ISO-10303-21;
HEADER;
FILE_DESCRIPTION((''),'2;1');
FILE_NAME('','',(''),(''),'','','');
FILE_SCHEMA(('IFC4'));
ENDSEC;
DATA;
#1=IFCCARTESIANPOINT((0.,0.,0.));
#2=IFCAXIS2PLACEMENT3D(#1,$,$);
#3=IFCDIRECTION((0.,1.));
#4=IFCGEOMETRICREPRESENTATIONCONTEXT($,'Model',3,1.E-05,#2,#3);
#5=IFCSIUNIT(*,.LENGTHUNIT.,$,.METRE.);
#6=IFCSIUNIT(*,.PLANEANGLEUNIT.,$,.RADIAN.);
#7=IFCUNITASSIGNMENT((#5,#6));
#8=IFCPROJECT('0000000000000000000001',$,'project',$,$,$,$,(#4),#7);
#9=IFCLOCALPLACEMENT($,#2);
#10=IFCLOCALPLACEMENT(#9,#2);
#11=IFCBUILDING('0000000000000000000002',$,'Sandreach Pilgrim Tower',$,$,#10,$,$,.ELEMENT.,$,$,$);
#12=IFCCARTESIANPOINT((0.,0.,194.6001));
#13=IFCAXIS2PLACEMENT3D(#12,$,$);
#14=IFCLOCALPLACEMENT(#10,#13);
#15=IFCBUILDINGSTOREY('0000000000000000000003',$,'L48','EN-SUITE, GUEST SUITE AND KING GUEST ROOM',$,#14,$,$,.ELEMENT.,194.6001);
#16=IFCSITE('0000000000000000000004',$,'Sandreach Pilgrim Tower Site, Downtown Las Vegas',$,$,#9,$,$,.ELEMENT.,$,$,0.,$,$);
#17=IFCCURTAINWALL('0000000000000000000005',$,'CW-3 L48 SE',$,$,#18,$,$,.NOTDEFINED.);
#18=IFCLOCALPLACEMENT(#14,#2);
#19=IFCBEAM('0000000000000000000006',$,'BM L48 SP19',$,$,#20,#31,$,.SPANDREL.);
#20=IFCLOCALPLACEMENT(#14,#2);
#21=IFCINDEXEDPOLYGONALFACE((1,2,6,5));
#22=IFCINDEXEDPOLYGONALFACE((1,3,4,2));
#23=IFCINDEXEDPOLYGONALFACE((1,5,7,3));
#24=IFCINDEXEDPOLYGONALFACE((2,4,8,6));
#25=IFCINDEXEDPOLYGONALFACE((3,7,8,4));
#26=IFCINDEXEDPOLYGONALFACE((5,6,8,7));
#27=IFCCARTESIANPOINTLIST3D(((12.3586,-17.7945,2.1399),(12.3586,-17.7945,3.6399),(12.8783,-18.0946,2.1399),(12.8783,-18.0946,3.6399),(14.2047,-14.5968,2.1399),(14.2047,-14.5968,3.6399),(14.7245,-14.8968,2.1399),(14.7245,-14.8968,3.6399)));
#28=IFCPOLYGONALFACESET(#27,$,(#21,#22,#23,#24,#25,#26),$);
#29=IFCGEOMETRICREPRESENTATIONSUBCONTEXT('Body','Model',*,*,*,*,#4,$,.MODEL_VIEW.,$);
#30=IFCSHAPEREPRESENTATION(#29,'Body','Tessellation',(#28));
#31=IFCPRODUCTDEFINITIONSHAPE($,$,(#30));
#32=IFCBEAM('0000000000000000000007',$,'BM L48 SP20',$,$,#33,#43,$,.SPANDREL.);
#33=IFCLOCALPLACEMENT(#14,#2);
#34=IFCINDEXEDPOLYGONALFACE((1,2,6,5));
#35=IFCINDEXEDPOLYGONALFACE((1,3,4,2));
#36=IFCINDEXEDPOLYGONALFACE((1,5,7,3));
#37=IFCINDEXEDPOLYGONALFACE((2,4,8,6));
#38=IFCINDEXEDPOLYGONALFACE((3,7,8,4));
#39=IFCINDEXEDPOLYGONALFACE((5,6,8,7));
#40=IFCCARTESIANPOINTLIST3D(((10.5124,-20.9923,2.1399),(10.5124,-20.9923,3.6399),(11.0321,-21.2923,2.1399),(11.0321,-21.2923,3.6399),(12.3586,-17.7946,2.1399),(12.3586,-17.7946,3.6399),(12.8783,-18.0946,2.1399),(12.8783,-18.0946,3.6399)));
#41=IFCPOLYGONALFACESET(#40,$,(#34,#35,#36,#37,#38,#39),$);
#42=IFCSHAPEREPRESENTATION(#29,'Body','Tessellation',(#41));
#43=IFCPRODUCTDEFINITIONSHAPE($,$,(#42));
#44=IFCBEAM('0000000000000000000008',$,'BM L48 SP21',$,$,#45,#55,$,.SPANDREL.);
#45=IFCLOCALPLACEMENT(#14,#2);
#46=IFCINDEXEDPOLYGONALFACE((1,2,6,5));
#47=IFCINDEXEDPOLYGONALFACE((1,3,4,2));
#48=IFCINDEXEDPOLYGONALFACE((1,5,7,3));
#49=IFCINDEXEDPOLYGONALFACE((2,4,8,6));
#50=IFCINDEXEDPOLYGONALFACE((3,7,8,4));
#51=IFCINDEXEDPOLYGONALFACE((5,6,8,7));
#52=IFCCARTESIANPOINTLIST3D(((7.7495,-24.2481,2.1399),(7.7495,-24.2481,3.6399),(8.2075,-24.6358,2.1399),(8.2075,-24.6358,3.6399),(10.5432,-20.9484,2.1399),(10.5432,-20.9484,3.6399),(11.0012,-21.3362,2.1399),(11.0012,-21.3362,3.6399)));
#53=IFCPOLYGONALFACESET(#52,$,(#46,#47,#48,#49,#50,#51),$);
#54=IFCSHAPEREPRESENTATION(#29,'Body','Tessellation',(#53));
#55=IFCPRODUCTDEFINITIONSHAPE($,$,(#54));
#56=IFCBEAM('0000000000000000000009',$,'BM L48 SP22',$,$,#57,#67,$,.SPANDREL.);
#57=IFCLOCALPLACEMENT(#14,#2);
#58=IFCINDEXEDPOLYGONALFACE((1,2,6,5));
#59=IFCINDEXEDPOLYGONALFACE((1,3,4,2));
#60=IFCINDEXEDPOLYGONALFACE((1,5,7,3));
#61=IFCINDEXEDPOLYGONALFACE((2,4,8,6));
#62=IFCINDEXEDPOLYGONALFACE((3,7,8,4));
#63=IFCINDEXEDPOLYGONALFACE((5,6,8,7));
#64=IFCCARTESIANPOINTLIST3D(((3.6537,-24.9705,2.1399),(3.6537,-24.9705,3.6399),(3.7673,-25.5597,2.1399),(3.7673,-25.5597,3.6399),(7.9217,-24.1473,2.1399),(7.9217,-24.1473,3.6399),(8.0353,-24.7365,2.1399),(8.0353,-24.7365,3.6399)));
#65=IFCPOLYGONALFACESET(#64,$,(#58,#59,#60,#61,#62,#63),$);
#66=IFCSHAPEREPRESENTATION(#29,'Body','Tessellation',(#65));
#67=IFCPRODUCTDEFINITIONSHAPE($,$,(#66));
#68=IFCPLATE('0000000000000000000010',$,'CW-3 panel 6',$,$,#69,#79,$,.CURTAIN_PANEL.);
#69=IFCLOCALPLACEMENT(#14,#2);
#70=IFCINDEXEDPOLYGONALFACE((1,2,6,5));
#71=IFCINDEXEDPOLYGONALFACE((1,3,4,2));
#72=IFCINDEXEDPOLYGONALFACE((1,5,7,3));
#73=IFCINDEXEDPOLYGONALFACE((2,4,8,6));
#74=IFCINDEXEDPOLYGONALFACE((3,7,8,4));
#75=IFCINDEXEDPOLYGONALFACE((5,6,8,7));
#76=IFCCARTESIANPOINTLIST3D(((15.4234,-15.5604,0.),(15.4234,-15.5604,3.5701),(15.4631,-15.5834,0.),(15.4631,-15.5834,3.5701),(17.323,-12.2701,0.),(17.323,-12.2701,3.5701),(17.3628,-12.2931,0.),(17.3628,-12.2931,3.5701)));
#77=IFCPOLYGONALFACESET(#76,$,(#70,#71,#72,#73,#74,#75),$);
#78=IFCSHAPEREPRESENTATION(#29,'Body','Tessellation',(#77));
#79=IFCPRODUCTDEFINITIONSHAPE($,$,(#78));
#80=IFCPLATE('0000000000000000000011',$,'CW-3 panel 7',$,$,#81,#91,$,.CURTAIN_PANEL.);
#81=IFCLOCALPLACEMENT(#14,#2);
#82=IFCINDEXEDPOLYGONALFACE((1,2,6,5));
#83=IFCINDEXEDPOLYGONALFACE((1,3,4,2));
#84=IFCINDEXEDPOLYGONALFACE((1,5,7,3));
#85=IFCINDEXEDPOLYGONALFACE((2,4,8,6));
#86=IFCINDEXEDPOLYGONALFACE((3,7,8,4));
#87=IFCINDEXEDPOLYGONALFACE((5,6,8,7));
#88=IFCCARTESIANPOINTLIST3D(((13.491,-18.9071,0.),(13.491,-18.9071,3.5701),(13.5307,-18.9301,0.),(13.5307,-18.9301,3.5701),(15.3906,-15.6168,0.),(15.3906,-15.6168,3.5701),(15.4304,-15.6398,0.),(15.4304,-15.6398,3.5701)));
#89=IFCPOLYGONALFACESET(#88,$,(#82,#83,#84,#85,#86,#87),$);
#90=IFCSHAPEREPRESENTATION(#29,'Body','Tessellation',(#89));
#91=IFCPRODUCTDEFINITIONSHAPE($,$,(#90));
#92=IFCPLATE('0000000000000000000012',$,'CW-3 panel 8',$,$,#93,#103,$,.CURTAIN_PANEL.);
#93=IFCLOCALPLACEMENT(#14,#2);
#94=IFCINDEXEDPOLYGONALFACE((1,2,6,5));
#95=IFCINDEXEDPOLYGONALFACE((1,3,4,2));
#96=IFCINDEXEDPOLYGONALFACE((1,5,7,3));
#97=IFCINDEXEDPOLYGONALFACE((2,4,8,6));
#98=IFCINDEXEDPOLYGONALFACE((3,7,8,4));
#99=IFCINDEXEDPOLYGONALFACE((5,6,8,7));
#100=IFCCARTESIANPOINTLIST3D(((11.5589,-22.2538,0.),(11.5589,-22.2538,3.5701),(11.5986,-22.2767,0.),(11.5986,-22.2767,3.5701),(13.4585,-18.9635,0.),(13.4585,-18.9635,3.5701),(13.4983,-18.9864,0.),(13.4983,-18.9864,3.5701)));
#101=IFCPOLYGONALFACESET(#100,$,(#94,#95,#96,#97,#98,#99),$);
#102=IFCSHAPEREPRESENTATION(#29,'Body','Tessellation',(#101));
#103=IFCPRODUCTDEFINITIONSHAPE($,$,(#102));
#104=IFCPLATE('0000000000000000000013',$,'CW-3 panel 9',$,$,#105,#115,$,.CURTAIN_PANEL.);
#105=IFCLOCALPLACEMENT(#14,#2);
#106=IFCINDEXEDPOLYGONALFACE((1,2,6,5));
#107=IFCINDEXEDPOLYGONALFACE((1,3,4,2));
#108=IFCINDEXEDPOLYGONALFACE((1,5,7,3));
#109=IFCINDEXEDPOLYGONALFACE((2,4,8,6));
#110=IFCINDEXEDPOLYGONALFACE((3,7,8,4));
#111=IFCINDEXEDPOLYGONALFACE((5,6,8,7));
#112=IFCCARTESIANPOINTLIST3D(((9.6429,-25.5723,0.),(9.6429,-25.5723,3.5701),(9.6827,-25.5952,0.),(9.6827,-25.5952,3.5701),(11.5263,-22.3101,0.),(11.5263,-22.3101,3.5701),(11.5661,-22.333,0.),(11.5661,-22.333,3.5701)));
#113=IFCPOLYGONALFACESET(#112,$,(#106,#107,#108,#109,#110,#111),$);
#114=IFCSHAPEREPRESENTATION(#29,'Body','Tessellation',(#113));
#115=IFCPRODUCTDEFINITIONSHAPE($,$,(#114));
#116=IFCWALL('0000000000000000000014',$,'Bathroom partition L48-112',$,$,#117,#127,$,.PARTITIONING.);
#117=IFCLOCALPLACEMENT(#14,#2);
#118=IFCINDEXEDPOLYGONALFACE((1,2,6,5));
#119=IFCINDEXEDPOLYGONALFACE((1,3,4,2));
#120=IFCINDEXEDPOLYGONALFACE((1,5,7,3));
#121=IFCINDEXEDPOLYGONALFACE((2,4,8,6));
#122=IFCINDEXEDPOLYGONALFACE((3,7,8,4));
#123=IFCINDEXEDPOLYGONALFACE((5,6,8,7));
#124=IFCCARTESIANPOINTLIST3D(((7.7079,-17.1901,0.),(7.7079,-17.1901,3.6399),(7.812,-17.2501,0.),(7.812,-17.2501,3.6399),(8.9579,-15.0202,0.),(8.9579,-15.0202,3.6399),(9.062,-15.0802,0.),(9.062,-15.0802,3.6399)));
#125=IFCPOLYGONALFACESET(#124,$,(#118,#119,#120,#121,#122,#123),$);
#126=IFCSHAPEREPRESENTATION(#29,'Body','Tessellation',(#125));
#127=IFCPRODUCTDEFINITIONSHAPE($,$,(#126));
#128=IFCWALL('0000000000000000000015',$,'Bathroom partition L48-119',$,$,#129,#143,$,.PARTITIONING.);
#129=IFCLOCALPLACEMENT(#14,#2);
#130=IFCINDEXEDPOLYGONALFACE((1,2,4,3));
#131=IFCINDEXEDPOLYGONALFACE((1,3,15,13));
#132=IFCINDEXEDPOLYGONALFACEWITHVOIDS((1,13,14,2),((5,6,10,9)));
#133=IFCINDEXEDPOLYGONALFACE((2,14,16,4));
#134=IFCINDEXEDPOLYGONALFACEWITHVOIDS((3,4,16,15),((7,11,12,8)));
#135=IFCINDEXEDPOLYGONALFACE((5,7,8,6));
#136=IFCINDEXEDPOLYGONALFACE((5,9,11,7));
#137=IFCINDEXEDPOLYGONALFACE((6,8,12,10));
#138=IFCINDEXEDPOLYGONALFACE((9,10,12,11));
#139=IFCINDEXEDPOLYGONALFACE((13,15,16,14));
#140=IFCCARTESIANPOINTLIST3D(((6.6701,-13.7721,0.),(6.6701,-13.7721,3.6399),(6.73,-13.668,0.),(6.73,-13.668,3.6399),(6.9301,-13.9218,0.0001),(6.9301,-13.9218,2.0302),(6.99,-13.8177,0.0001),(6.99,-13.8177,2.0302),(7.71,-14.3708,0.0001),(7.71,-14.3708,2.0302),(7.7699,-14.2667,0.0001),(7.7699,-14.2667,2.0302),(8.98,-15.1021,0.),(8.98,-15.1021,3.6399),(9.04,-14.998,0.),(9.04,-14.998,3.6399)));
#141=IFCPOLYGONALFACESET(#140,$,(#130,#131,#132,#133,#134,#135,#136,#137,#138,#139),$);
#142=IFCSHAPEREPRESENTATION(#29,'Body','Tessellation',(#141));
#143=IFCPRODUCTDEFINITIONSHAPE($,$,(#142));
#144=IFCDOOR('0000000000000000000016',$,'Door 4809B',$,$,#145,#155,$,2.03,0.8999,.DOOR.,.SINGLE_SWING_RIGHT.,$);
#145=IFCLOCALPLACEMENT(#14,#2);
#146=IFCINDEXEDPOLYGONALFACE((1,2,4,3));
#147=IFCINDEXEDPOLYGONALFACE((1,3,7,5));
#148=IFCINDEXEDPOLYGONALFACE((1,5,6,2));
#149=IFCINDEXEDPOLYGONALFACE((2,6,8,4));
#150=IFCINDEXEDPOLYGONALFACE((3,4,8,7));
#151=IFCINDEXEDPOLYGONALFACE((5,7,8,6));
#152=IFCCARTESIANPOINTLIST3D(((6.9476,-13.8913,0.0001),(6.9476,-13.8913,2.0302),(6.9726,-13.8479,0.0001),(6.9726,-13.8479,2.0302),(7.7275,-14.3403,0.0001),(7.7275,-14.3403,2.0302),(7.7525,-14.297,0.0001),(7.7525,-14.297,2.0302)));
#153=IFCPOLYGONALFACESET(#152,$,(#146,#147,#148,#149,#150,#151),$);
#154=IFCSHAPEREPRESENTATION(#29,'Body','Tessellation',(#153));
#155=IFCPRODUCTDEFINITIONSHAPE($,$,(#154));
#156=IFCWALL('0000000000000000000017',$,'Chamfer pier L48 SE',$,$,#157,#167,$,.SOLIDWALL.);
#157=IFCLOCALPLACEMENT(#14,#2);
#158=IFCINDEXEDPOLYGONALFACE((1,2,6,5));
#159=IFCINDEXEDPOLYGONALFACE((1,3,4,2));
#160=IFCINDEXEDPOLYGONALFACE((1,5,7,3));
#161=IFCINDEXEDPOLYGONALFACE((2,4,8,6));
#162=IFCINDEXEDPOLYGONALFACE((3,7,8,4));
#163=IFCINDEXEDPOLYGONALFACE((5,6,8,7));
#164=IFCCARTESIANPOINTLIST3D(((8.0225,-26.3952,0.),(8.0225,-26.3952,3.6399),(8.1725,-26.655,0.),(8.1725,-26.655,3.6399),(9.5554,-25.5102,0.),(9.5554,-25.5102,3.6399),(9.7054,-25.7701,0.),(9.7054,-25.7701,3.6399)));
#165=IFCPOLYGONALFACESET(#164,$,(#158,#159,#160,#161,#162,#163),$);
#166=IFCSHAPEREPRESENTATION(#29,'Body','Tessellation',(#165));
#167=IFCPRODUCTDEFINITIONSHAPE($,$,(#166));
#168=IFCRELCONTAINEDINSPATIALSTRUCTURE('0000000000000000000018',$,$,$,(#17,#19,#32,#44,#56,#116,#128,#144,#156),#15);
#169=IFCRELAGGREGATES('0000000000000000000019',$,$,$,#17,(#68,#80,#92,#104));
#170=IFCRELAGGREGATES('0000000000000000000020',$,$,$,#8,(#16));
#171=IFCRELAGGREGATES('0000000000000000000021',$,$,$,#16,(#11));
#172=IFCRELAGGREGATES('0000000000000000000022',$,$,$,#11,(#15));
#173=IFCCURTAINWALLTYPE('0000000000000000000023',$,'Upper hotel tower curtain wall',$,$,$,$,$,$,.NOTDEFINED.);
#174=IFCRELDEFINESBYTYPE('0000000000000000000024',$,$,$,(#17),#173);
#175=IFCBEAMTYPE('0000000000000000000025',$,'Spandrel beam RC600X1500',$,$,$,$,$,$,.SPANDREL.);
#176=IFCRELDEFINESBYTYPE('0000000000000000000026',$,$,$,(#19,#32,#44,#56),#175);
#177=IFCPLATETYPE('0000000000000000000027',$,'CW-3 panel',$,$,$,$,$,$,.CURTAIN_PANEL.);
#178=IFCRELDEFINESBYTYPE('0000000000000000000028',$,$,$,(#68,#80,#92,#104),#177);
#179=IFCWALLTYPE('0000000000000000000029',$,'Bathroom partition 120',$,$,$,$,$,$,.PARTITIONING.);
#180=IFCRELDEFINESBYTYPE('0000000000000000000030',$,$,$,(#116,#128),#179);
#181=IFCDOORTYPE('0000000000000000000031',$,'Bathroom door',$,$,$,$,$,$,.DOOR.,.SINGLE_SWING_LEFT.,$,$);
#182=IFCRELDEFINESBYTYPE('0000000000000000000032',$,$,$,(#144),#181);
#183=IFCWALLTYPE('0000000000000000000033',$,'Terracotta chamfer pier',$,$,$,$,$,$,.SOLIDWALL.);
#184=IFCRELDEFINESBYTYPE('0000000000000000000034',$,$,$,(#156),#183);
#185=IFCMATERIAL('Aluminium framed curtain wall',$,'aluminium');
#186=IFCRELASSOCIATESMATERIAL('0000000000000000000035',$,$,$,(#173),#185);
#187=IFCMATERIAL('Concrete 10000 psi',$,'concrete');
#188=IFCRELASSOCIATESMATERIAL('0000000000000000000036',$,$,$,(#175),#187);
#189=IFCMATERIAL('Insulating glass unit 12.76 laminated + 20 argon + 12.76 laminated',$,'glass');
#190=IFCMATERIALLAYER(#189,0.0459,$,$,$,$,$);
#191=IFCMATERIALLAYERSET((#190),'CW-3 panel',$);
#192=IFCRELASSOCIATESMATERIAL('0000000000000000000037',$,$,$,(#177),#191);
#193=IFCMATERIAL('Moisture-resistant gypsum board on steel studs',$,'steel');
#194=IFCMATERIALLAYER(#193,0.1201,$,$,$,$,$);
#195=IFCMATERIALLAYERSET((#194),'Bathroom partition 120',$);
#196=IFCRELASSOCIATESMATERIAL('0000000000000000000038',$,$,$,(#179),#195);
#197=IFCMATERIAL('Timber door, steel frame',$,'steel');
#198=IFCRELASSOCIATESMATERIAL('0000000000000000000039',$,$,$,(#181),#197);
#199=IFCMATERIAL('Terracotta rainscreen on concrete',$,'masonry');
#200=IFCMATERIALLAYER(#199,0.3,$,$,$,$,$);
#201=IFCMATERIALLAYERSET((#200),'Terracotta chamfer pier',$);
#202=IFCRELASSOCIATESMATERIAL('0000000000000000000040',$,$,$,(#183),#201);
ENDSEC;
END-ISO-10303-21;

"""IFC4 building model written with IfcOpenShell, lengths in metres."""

from ifc_helpers import new_model, si_unit, direction, frame, frame_2d, origin, origin_2d, place, context, subcontext, project, spatial, rectangle, extrude, material, layer, layer_set, material_profile, profile_set, type_object, element, fill, aggregate, save


model = new_model("IFC4")

# Units and contexts
model_context = context("Model", 3, precision=1e-05, world=origin(), true_north=direction((0.0, 1.0)))
body_context = subcontext(model_context, "Body", "Model", "MODEL_VIEW")
ifc_project = project(units=[si_unit("LENGTHUNIT", "METRE"), si_unit("PLANEANGLEUNIT", "RADIAN")], contexts=[model_context])

# Site, building, storey
site_placement = place(None, origin())
site = spatial("IfcSite", under=ifc_project, at=site_placement, Name="Sandreach Pilgrim Tower Site, Downtown Las Vegas", CompositionType="ELEMENT", RefElevation=0.0)
building_placement = place(site_placement, origin())
building = spatial("IfcBuilding", under=site, at=building_placement, Name="Sandreach Pilgrim Tower", CompositionType="ELEMENT")
storey_placement = place(building_placement, frame((0.0, 0.0, 194.6001)))
storey = spatial("IfcBuildingStorey", under=building, at=storey_placement, Name="L48", Description="EN-SUITE, GUEST SUITE AND KING GUEST ROOM", CompositionType="ELEMENT", Elevation=194.6001)

# Curtain wall
ifc_material_1 = material(Name="Aluminium framed curtain wall", Category="aluminium")
curtain_wall_type = type_object("IfcCurtainWallType", Name="Upper hotel tower curtain wall", PredefinedType="NOTDEFINED", material=ifc_material_1)
curtain_wall_1_placement = place(storey_placement, origin())
curtain_wall_1 = element("IfcCurtainWall", 1, at=curtain_wall_1_placement, inside=storey, type_object=curtain_wall_type, Name="CW-3 L48 SE", PredefinedType="NOTDEFINED")

# Beams
ifc_material_2 = material(Name="Concrete 10000 psi", Category="concrete")
ifc_material_profile_1 = material_profile(ifc_material_2, rectangle(XDim=0.6001, YDim=1.5, at=origin_2d()), Name="RC600X1500")
ifc_profile_set_1 = profile_set([ifc_material_profile_1], Name="Concrete 10000 psi")
beam_type_1 = type_object("IfcBeamType", Name="Spandrel beam RC600X1500", PredefinedType="SPANDREL", material=ifc_profile_set_1)
for number, where, z_axis, x_axis, name in (
    (2, (14.4646, -14.7468, 2.8899), (-0.499993, -0.866029, 0.0), (0.866029, -0.499993, 0.0), "BM L48 SP19"),
    (3, (12.6184, -17.9446, 2.8899), (-0.499993, -0.866029, 0.0), (0.866029, -0.499993, 0.0), "BM L48 SP20"),
):
    element("IfcBeam", number, at=place(storey_placement, frame(where, z_axis=z_axis, x_axis=x_axis)), inside=storey, type_object=beam_type_1, Name=name, PredefinedType="SPANDREL", context=body_context, shape_type="SweptSolid", body=[
        extrude(rectangle(XDim=0.6001, YDim=1.5, at=origin_2d()), origin(), (0.0, 0.0, 1.0), 3.6924),
    ])
beam_1_placement = place(storey_placement, frame((10.7722, -21.1423, 2.8899), z_axis=(-0.64618, -0.763185, 0.0), x_axis=(0.763185, -0.64618, 0.0)))
element("IfcBeam", 4, at=beam_1_placement, inside=storey, type_object=beam_type_1, Name="BM L48 SP21", PredefinedType="SPANDREL", context=body_context, shape_type="SweptSolid", body=[
    extrude(rectangle(XDim=0.6001, YDim=1.5, at=origin_2d()), origin(), (0.0, 0.0, 1.0), 4.3235),
])
beam_2_placement = place(storey_placement, frame((7.9785, -24.4419, 2.8899), z_axis=(-0.981901, -0.189393, 0.0), x_axis=(0.189393, -0.981901, 0.0)))
element("IfcBeam", 5, at=beam_2_placement, inside=storey, type_object=beam_type_1, Name="BM L48 SP22", PredefinedType="SPANDREL", context=body_context, shape_type="SweptSolid", body=[
    extrude(rectangle(XDim=0.6001, YDim=1.5, at=origin_2d()), origin(), (0.0, 0.0, 1.0), 4.3467),
])

# Plates
ifc_material_3 = material(Name="Insulating glass unit 12.76 laminated + 20 argon + 12.76 laminated", Category="glass")
ifc_layer_1 = layer(ifc_material_3, 0.0459)
ifc_layer_set_1 = layer_set([ifc_layer_1], Name="CW-3 panel")
plate_type = type_object("IfcPlateType", Name="CW-3 panel", PredefinedType="CURTAIN_PANEL", material=ifc_layer_set_1)
plate_1_placement = place(storey_placement, frame((16.3931, -13.9268, 0.0), z_axis=(0.0, 0.0, 1.0), x_axis=(-0.5, -0.866025, 0.0)))
plate_1 = element("IfcPlate", 6, at=plate_1_placement, type_object=plate_type, Name="CW-3 panel 6", PredefinedType="CURTAIN_PANEL", context=body_context, shape_type="SweptSolid", body=[
    extrude(rectangle(XDim=3.7993, YDim=0.0459, at=origin_2d()), origin(), (0.0, 0.0, 1.0), 3.5701),
])
plate_2_placement = place(storey_placement, frame((14.4607, -17.2734, 0.0), z_axis=(0.0, 0.0, 1.0), x_axis=(-0.5, -0.866025, 0.0)))
plate_2 = element("IfcPlate", 7, at=plate_2_placement, type_object=plate_type, Name="CW-3 panel 7", PredefinedType="CURTAIN_PANEL", context=body_context, shape_type="SweptSolid", body=[
    extrude(rectangle(XDim=3.7993, YDim=0.0459, at=origin_2d()), origin(), (0.0, 0.0, 1.0), 3.5701),
])
plate_3_placement = place(storey_placement, frame((12.5286, -20.6201, 0.0), z_axis=(0.0, 0.0, 1.0), x_axis=(-0.5, -0.866025, 0.0)))
plate_3 = element("IfcPlate", 8, at=plate_3_placement, type_object=plate_type, Name="CW-3 panel 8", PredefinedType="CURTAIN_PANEL", context=body_context, shape_type="SweptSolid", body=[
    extrude(rectangle(XDim=3.7993, YDim=0.0459, at=origin_2d()), origin(), (0.0, 0.0, 1.0), 3.5701),
])
plate_4_placement = place(storey_placement, frame((10.6045, -23.9526, 0.0), z_axis=(0.0, 0.0, 1.0), x_axis=(-0.5, -0.866025, 0.0)))
plate_4 = element("IfcPlate", 9, at=plate_4_placement, type_object=plate_type, Name="CW-3 panel 9", PredefinedType="CURTAIN_PANEL", context=body_context, shape_type="SweptSolid", body=[
    extrude(rectangle(XDim=3.7668, YDim=0.0459, at=origin_2d()), origin(), (0.0, 0.0, 1.0), 3.5701),
])
aggregate(curtain_wall_1, [plate_1, plate_2, plate_3, plate_4])

# Wall
ifc_material_4 = material(Name="Moisture-resistant gypsum board on steel studs", Category="steel")
ifc_layer_2 = layer(ifc_material_4, 0.1201)
ifc_layer_set_2 = layer_set([ifc_layer_2], Name="Bathroom partition 120")
wall_type_1 = type_object("IfcWallType", Name="Bathroom partition 120", PredefinedType="PARTITIONING", material=ifc_layer_set_2)
wall_1_placement = place(storey_placement, frame((7.76, -17.22, 0.0), z_axis=(0.0, 0.0, 1.0), x_axis=(0.49916, 0.86651, 0.0)))
element("IfcWall", 10, at=wall_1_placement, inside=storey, type_object=wall_type_1, Name="Bathroom partition L48-112", PredefinedType="PARTITIONING", context=body_context, shape_type="SweptSolid", body=[
    extrude(rectangle(XDim=2.5042, YDim=0.1201, at=frame_2d((1.252, 0.0))), origin(), (0.0, 0.0, 1.0), 3.6399),
])

# Wall, opening, door
wall_2_placement = place(storey_placement, frame((9.01, -15.05, 0.0), z_axis=(0.0, 0.0, 1.0), x_axis=(-0.866615, 0.498977, 0.0)))
wall_2 = element("IfcWall", 11, at=wall_2_placement, inside=storey, type_object=wall_type_1, Name="Bathroom partition L48-119", PredefinedType="PARTITIONING", context=body_context, shape_type="SweptSolid", body=[
    extrude(rectangle(XDim=2.6655, YDim=0.1201, at=frame_2d((1.3328, 0.0))), origin(), (0.0, 0.0, 1.0), 3.6399),
])
opening_placement = place(wall_2_placement, frame((1.4656, 0.0, 0.0)))
opening = element("IfcOpeningElement", 12, at=opening_placement, cuts=wall_2, PredefinedType="OPENING", context=body_context, shape_type="SweptSolid", body=[
    extrude(rectangle(XDim=0.8999, YDim=2.03, at=frame_2d((0.45, 1.0151))), frame((0.0, 0.0601, 0.0), z_axis=(0.0, -1.0, 0.0), x_axis=(1.0, 0.0, 0.0)), (0.0, 0.0, 1.0), 0.1201),
])
ifc_material_5 = material(Name="Timber door, steel frame", Category="steel")
door_type = type_object("IfcDoorType", Name="Bathroom door", OperationType="SINGLE_SWING_LEFT", PredefinedType="DOOR", material=ifc_material_5)
door_placement = place(opening_placement, origin())
door = element("IfcDoor", 13, at=door_placement, inside=storey, type_object=door_type, Name="Door 4809B", OperationType="SINGLE_SWING_RIGHT", OverallHeight=2.03, OverallWidth=0.8999, PredefinedType="DOOR", context=body_context, shape_type="SweptSolid", body=[
    extrude(rectangle(XDim=0.8999, YDim=2.03, at=frame_2d((0.45, 1.0151))), frame((0.0, 0.0249, 0.0), z_axis=(0.0, -1.0, 0.0), x_axis=(1.0, 0.0, 0.0)), (0.0, 0.0, 1.0), 0.05),
])
fill(opening, door)

# Wall
ifc_material_6 = material(Name="Terracotta rainscreen on concrete", Category="masonry")
ifc_layer_3 = layer(ifc_material_6, 0.3)
ifc_layer_set_3 = layer_set([ifc_layer_3], Name="Terracotta chamfer pier")
wall_type_2 = type_object("IfcWallType", Name="Terracotta chamfer pier", PredefinedType="SOLIDWALL", material=ifc_layer_set_3)
wall_3_placement = place(storey_placement, frame((9.6304, -25.6401, 0.0), z_axis=(0.0, 0.0, 1.0), x_axis=(-0.866036, -0.499981, 0.0)))
element("IfcWall", 14, at=wall_3_placement, inside=storey, type_object=wall_type_2, Name="Chamfer pier L48 SE", PredefinedType="SOLIDWALL", context=body_context, shape_type="SweptSolid", body=[
    extrude(rectangle(XDim=1.77, YDim=0.3, at=frame_2d((0.885, 0.0))), origin(), (0.0, 0.0, 1.0), 3.6399),
])

save(model, "model.ifc")
